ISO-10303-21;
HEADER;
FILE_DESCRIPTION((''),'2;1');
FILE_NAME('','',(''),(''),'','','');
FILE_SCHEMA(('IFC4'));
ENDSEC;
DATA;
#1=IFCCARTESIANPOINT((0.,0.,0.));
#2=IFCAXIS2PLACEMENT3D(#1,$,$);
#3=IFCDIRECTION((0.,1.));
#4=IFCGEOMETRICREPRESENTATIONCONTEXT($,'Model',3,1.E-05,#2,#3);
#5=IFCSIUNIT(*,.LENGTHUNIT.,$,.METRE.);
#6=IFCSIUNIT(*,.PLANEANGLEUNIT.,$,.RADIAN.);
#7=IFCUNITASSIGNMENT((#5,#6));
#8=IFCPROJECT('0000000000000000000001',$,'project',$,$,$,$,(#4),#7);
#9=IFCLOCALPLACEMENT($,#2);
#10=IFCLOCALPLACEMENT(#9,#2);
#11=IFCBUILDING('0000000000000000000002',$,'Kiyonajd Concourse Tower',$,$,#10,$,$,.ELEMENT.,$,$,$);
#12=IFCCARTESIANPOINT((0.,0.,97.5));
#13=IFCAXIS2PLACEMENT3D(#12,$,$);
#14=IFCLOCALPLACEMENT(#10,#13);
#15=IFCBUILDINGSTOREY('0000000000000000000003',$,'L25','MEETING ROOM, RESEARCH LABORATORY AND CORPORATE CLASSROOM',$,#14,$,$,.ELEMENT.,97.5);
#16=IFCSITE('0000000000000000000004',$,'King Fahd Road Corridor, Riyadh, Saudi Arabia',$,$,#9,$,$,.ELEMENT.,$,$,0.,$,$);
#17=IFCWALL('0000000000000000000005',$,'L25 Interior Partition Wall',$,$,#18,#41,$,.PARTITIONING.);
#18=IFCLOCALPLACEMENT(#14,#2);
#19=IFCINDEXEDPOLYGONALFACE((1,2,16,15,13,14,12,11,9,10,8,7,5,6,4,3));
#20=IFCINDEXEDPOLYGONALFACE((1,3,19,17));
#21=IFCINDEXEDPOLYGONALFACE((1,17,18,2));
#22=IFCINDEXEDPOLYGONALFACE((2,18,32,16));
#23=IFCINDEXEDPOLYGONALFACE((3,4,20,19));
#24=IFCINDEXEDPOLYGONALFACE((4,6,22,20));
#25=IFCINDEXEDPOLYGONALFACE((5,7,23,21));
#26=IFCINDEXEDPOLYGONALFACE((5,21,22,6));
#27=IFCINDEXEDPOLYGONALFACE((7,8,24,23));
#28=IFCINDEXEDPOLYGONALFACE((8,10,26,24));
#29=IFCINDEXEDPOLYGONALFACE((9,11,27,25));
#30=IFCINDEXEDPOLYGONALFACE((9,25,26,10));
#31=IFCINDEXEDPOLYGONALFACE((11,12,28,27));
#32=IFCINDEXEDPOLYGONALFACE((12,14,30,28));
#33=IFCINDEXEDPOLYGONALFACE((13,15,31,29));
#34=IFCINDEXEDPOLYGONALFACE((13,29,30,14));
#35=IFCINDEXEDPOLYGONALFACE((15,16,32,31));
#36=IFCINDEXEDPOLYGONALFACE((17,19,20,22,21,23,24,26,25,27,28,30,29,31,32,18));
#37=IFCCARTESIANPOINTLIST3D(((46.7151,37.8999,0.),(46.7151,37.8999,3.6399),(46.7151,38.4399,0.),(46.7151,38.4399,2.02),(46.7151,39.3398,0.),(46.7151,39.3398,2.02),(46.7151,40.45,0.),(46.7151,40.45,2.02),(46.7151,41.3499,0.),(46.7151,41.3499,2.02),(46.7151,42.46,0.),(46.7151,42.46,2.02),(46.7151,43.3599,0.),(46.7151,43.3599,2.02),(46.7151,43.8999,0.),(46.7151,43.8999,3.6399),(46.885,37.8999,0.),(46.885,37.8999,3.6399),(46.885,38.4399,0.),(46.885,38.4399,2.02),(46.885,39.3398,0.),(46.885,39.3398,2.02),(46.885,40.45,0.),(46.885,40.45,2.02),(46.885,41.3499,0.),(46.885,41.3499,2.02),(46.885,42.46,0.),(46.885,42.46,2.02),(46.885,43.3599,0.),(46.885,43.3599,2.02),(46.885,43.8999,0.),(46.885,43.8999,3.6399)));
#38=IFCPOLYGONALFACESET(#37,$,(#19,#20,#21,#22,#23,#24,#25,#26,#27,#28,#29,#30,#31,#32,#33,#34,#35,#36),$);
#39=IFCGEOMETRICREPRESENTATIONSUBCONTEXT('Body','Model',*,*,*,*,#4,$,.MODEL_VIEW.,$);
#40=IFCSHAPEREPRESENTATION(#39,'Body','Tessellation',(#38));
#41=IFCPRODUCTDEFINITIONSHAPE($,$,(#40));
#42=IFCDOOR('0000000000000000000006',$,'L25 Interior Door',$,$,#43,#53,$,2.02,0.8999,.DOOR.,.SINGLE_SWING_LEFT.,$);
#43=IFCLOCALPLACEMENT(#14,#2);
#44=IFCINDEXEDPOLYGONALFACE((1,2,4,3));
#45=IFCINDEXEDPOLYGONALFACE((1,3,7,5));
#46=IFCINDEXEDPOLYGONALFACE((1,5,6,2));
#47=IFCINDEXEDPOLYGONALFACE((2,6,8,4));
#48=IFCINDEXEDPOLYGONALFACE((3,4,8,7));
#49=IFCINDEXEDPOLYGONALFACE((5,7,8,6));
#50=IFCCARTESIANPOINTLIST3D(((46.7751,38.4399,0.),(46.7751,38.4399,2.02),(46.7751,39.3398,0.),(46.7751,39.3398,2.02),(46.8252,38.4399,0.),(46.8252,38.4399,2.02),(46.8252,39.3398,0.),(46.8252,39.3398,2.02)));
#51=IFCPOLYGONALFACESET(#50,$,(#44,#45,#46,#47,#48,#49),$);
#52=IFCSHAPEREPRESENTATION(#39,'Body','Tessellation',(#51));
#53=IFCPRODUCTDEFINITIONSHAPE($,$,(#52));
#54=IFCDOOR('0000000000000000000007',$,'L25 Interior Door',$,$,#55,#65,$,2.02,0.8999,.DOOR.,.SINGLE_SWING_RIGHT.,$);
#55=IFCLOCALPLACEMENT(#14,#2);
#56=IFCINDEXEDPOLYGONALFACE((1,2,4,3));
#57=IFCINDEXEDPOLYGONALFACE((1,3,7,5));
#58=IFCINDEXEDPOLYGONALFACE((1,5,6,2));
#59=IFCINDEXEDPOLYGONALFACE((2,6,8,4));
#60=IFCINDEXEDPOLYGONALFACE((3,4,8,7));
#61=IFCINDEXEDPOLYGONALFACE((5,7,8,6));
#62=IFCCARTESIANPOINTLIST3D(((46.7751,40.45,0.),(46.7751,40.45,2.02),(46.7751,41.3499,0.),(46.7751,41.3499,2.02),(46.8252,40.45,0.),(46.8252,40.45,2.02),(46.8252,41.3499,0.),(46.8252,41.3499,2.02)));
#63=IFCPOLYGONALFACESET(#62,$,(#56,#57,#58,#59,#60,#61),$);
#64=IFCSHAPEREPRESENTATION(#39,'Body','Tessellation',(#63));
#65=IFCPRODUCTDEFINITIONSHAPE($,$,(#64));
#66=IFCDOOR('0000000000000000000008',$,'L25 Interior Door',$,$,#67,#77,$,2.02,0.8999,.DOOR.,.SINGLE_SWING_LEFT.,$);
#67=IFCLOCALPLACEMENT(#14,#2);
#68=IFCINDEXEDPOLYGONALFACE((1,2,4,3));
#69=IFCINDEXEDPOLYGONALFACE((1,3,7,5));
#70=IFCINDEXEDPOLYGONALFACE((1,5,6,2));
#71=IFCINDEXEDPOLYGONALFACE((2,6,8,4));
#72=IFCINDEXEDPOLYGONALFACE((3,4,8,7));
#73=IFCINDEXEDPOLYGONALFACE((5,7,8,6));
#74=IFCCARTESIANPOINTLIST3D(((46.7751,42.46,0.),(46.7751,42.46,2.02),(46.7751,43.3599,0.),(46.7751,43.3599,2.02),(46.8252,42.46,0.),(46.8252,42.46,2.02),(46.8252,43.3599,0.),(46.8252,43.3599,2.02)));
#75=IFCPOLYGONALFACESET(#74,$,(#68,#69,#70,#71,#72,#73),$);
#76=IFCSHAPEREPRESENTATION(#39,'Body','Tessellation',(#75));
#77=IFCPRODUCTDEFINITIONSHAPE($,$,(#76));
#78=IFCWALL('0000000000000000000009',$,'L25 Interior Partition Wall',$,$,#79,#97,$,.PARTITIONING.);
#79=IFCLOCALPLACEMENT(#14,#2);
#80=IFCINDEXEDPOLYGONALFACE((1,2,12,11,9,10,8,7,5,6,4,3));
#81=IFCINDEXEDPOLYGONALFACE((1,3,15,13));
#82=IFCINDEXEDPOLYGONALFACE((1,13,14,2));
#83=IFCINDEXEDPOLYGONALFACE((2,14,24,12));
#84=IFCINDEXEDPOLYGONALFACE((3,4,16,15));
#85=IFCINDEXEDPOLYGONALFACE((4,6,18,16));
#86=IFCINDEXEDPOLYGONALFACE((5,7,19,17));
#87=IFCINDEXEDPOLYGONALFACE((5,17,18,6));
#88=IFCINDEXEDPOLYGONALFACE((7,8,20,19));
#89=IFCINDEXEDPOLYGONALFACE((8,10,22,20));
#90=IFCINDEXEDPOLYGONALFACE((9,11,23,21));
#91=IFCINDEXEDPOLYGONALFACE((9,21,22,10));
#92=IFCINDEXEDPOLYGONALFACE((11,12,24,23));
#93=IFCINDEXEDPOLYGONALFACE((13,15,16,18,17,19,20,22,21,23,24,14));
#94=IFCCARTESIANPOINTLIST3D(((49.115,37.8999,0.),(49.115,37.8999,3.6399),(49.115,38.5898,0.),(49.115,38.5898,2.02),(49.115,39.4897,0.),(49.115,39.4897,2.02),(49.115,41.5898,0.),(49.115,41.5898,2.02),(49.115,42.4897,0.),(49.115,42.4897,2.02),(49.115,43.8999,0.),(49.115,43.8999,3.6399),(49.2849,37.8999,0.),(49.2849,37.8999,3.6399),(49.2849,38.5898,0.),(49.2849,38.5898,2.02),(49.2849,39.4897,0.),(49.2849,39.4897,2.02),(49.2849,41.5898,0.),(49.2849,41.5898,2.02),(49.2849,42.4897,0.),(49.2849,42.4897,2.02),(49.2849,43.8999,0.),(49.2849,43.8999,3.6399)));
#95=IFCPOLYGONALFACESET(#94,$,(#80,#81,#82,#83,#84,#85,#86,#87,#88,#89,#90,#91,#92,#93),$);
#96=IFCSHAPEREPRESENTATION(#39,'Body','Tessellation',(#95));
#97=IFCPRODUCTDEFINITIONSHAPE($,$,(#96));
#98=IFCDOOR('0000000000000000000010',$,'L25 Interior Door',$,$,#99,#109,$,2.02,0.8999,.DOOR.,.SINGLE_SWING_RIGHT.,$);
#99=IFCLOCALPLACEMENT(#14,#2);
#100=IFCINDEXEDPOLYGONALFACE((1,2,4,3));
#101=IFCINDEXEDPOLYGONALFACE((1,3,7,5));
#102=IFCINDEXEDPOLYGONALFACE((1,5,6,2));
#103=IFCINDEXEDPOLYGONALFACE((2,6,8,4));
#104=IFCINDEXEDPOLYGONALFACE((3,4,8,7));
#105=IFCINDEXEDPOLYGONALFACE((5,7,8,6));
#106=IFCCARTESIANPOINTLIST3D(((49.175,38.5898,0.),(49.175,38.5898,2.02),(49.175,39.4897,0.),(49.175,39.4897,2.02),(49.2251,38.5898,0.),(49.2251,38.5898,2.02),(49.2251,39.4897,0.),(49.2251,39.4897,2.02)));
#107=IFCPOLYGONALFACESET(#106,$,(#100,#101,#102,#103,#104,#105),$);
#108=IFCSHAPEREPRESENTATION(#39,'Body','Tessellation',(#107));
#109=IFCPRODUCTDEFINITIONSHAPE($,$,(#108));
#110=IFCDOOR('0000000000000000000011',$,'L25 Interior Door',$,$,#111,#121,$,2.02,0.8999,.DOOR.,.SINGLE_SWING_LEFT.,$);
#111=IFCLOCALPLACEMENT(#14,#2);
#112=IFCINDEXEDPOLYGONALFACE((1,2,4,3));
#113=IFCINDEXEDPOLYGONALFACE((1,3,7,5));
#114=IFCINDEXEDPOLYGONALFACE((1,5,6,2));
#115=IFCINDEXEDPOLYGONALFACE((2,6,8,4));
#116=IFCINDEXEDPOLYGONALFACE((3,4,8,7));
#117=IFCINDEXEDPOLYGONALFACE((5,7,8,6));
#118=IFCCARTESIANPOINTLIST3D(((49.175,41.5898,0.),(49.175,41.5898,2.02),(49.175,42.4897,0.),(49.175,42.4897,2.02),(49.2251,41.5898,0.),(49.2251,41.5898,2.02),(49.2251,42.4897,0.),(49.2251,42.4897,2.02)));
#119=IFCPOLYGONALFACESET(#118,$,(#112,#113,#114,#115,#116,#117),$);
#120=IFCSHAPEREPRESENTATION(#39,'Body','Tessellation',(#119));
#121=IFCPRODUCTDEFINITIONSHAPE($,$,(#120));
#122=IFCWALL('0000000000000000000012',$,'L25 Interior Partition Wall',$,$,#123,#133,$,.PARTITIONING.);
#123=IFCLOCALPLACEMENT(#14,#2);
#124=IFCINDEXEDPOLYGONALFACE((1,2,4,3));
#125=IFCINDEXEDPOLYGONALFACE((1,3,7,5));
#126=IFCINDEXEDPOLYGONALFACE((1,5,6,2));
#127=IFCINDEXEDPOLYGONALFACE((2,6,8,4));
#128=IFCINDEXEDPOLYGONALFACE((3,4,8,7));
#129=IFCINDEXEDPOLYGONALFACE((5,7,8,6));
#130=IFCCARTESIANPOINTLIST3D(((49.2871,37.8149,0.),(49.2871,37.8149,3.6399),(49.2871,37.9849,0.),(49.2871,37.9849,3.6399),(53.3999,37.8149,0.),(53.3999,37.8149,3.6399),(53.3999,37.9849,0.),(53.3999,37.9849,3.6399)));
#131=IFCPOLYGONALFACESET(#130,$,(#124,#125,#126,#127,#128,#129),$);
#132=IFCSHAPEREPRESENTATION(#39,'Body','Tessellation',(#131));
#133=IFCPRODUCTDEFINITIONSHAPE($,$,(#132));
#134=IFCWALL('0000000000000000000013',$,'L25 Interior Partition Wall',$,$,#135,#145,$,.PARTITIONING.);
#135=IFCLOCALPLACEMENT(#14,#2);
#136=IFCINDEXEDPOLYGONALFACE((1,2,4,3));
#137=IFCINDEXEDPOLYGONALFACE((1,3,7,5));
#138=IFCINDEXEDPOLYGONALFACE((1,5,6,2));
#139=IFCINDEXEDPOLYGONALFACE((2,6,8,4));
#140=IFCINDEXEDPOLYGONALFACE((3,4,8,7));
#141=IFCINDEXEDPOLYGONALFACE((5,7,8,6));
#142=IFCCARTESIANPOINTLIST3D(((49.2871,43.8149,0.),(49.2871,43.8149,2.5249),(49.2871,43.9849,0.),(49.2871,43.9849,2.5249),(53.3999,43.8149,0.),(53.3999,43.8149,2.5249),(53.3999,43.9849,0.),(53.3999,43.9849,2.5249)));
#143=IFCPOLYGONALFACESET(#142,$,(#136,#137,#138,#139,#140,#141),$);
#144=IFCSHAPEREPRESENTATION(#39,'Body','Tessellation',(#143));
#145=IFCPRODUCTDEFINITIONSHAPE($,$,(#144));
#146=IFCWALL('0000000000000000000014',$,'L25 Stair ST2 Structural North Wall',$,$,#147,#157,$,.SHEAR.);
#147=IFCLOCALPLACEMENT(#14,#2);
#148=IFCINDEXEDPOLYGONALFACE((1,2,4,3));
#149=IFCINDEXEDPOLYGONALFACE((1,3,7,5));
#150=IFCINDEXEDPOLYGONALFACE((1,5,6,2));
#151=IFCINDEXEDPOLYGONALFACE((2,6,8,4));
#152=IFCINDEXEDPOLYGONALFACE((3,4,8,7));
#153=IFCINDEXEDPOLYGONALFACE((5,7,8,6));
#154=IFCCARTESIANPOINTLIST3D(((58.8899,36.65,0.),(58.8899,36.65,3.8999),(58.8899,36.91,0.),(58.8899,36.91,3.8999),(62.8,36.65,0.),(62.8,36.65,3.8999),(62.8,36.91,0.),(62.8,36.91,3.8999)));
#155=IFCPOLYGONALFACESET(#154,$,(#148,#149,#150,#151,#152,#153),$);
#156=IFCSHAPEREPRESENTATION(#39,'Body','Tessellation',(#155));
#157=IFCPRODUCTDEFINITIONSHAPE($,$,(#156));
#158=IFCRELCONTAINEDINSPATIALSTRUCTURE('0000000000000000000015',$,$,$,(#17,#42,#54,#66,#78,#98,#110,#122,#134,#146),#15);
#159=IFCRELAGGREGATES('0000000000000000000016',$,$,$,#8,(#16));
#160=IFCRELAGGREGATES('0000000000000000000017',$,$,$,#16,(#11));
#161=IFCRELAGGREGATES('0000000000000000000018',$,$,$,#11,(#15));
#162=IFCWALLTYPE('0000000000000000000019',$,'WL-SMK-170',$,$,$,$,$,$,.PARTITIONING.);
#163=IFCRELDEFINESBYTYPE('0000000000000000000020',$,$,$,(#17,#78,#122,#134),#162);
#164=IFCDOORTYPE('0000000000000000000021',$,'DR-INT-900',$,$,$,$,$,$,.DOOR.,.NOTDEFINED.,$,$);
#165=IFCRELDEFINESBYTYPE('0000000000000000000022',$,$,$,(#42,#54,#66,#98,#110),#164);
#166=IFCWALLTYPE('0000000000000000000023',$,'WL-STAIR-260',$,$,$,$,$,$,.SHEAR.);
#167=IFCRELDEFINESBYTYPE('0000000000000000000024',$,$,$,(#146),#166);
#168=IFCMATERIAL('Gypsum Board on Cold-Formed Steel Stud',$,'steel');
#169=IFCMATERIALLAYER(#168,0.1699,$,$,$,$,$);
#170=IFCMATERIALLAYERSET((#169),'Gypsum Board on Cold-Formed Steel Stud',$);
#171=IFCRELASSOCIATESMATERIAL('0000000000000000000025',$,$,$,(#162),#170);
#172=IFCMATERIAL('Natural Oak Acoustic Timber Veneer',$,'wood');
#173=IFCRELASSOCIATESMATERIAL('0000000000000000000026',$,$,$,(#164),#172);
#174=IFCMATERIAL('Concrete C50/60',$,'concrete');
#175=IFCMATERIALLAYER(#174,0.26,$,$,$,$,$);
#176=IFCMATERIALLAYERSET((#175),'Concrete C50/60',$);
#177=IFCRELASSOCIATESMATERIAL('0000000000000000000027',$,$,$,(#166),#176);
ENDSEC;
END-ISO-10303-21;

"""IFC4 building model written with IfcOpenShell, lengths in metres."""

from ifc_helpers import new_model, si_unit, direction, frame, frame_2d, origin, place, context, subcontext, project, spatial, rectangle, extrude, material, layer, layer_set, type_object, element, fill, save


model = new_model("IFC4")

# Units and contexts
model_context = context("Model", 3, precision=1e-05, world=origin(), true_north=direction((0.0, 1.0)))
body_context = subcontext(model_context, "Body", "Model", "MODEL_VIEW")
ifc_project = project(units=[si_unit("LENGTHUNIT", "METRE"), si_unit("PLANEANGLEUNIT", "RADIAN")], contexts=[model_context])

# Site, building, storey
site_placement = place(None, origin())
site = spatial("IfcSite", under=ifc_project, at=site_placement, Name="King Fahd Road Corridor, Riyadh, Saudi Arabia", CompositionType="ELEMENT", RefElevation=0.0)
building_placement = place(site_placement, origin())
building = spatial("IfcBuilding", under=site, at=building_placement, Name="Kiyonajd Concourse Tower", CompositionType="ELEMENT")
storey_placement = place(building_placement, frame((0.0, 0.0, 97.5)))
storey = spatial("IfcBuildingStorey", under=building, at=storey_placement, Name="L25", Description="MEETING ROOM, RESEARCH LABORATORY AND CORPORATE CLASSROOM", CompositionType="ELEMENT", Elevation=97.5)

# Shared definitions
ifc_material_1 = material(Name="Concrete C50/60", Category="concrete")

# Shared definitions
ifc_material_2 = material(Name="Gypsum Board on Cold-Formed Steel Stud", Category="steel")
ifc_layer_1 = layer(ifc_material_2, 0.1699)
ifc_layer_set_1 = layer_set([ifc_layer_1], Name="Gypsum Board on Cold-Formed Steel Stud")
wall_type_1 = type_object("IfcWallType", Name="WL-SMK-170", PredefinedType="PARTITIONING", material=ifc_layer_set_1)

# Walls, openings, doors
wall_1_placement = place(storey_placement, frame((46.8, 37.8999, 0.0), z_axis=(0.0, 0.0, 1.0), x_axis=(0.0, 1.0, 0.0)))
wall_1 = element("IfcWall", 1, at=wall_1_placement, inside=storey, type_object=wall_type_1, Name="L25 Interior Partition Wall", PredefinedType="PARTITIONING", context=body_context, shape_type="SweptSolid", body=[
    extrude(rectangle(XDim=6.0, YDim=0.1699, at=frame_2d((3.0, 0.0))), origin(), (0.0, 0.0, 1.0), 3.6399),
])
opening_1_placement = place(wall_1_placement, frame((0.54, 0.0, 0.0)))
opening_1 = element("IfcOpeningElement", 2, at=opening_1_placement, cuts=wall_1, PredefinedType="OPENING", context=body_context, shape_type="SweptSolid", body=[
    extrude(rectangle(XDim=0.8999, YDim=2.02, at=frame_2d((0.45, 1.01))), frame((0.0, 0.095, 0.0), z_axis=(0.0, -1.0, 0.0), x_axis=(1.0, 0.0, 0.0)), (0.0, 0.0, 1.0), 0.1899),
])
opening_2_placement = place(wall_1_placement, frame((2.55, 0.0, 0.0)))
opening_2 = element("IfcOpeningElement", 3, at=opening_2_placement, cuts=wall_1, PredefinedType="OPENING", context=body_context, shape_type="SweptSolid", body=[
    extrude(rectangle(XDim=0.8999, YDim=2.02, at=frame_2d((0.45, 1.01))), frame((0.0, 0.095, 0.0), z_axis=(0.0, -1.0, 0.0), x_axis=(1.0, 0.0, 0.0)), (0.0, 0.0, 1.0), 0.1899),
])
opening_3_placement = place(wall_1_placement, frame((4.5601, 0.0, 0.0)))
opening_3 = element("IfcOpeningElement", 4, at=opening_3_placement, cuts=wall_1, PredefinedType="OPENING", context=body_context, shape_type="SweptSolid", body=[
    extrude(rectangle(XDim=0.8999, YDim=2.02, at=frame_2d((0.45, 1.01))), frame((0.0, 0.095, 0.0), z_axis=(0.0, -1.0, 0.0), x_axis=(1.0, 0.0, 0.0)), (0.0, 0.0, 1.0), 0.1899),
])
ifc_material_3 = material(Name="Natural Oak Acoustic Timber Veneer", Category="wood")
door_type_1 = type_object("IfcDoorType", Name="DR-INT-900", OperationType="NOTDEFINED", PredefinedType="DOOR", material=ifc_material_3)
door_1_placement = place(opening_1_placement, origin())
door_1 = element("IfcDoor", 5, at=door_1_placement, inside=storey, type_object=door_type_1, Name="L25 Interior Door", OperationType="SINGLE_SWING_LEFT", OverallHeight=2.02, OverallWidth=0.8999, PredefinedType="DOOR", context=body_context, shape_type="SweptSolid", body=[
    extrude(rectangle(XDim=0.8999, YDim=2.02, at=frame_2d((0.45, 1.01))), frame((0.0, 0.0249, 0.0), z_axis=(0.0, -1.0, 0.0), x_axis=(1.0, 0.0, 0.0)), (0.0, 0.0, 1.0), 0.05),
])
fill(opening_1, door_1)
door_2_placement = place(opening_2_placement, origin())
door_2 = element("IfcDoor", 6, at=door_2_placement, inside=storey, type_object=door_type_1, Name="L25 Interior Door", OperationType="SINGLE_SWING_RIGHT", OverallHeight=2.02, OverallWidth=0.8999, PredefinedType="DOOR", context=body_context, shape_type="SweptSolid", body=[
    extrude(rectangle(XDim=0.8999, YDim=2.02, at=frame_2d((0.45, 1.01))), frame((0.0, 0.0249, 0.0), z_axis=(0.0, -1.0, 0.0), x_axis=(1.0, 0.0, 0.0)), (0.0, 0.0, 1.0), 0.05),
])
fill(opening_2, door_2)
door_3_placement = place(opening_3_placement, origin())
door_3 = element("IfcDoor", 7, at=door_3_placement, inside=storey, type_object=door_type_1, Name="L25 Interior Door", OperationType="SINGLE_SWING_LEFT", OverallHeight=2.02, OverallWidth=0.8999, PredefinedType="DOOR", context=body_context, shape_type="SweptSolid", body=[
    extrude(rectangle(XDim=0.8999, YDim=2.02, at=frame_2d((0.45, 1.01))), frame((0.0, 0.0249, 0.0), z_axis=(0.0, -1.0, 0.0), x_axis=(1.0, 0.0, 0.0)), (0.0, 0.0, 1.0), 0.05),
])
fill(opening_3, door_3)
wall_2_placement = place(storey_placement, frame((49.2, 37.8999, 0.0), z_axis=(0.0, 0.0, 1.0), x_axis=(0.0, 1.0, 0.0)))
wall_2 = element("IfcWall", 8, at=wall_2_placement, inside=storey, type_object=wall_type_1, Name="L25 Interior Partition Wall", PredefinedType="PARTITIONING", context=body_context, shape_type="SweptSolid", body=[
    extrude(rectangle(XDim=6.0, YDim=0.1699, at=frame_2d((3.0, 0.0))), origin(), (0.0, 0.0, 1.0), 3.6399),
])
opening_4_placement = place(wall_2_placement, frame((0.6899, 0.0, 0.0)))
opening_4 = element("IfcOpeningElement", 9, at=opening_4_placement, cuts=wall_2, PredefinedType="OPENING", context=body_context, shape_type="SweptSolid", body=[
    extrude(rectangle(XDim=0.8999, YDim=2.02, at=frame_2d((0.45, 1.01))), frame((0.0, 0.095, 0.0), z_axis=(0.0, -1.0, 0.0), x_axis=(1.0, 0.0, 0.0)), (0.0, 0.0, 1.0), 0.1899),
])
opening_5_placement = place(wall_2_placement, frame((3.6899, 0.0, 0.0)))
opening_5 = element("IfcOpeningElement", 10, at=opening_5_placement, cuts=wall_2, PredefinedType="OPENING", context=body_context, shape_type="SweptSolid", body=[
    extrude(rectangle(XDim=0.8999, YDim=2.02, at=frame_2d((0.45, 1.01))), frame((0.0, 0.095, 0.0), z_axis=(0.0, -1.0, 0.0), x_axis=(1.0, 0.0, 0.0)), (0.0, 0.0, 1.0), 0.1899),
])
door_4_placement = place(opening_4_placement, origin())
door_4 = element("IfcDoor", 11, at=door_4_placement, inside=storey, type_object=door_type_1, Name="L25 Interior Door", OperationType="SINGLE_SWING_RIGHT", OverallHeight=2.02, OverallWidth=0.8999, PredefinedType="DOOR", context=body_context, shape_type="SweptSolid", body=[
    extrude(rectangle(XDim=0.8999, YDim=2.02, at=frame_2d((0.45, 1.01))), frame((0.0, 0.0249, 0.0), z_axis=(0.0, -1.0, 0.0), x_axis=(1.0, 0.0, 0.0)), (0.0, 0.0, 1.0), 0.05),
])
fill(opening_4, door_4)
door_5_placement = place(opening_5_placement, origin())
door_5 = element("IfcDoor", 12, at=door_5_placement, inside=storey, type_object=door_type_1, Name="L25 Interior Door", OperationType="SINGLE_SWING_LEFT", OverallHeight=2.02, OverallWidth=0.8999, PredefinedType="DOOR", context=body_context, shape_type="SweptSolid", body=[
    extrude(rectangle(XDim=0.8999, YDim=2.02, at=frame_2d((0.45, 1.01))), frame((0.0, 0.0249, 0.0), z_axis=(0.0, -1.0, 0.0), x_axis=(1.0, 0.0, 0.0)), (0.0, 0.0, 1.0), 0.05),
])
fill(opening_5, door_5)

# Walls
wall_3_placement = place(storey_placement, frame((49.2871, 37.8999, 0.0), z_axis=(0.0, 0.0, 1.0), x_axis=(1.0, 0.0, 0.0)))
element("IfcWall", 13, at=wall_3_placement, inside=storey, type_object=wall_type_1, Name="L25 Interior Partition Wall", PredefinedType="PARTITIONING", context=body_context, shape_type="SweptSolid", body=[
    extrude(rectangle(XDim=4.1128, YDim=0.1699, at=frame_2d((2.0564, 0.0))), origin(), (0.0, 0.0, 1.0), 3.6399),
])
wall_4_placement = place(storey_placement, frame((49.2871, 43.8999, 0.0), z_axis=(0.0, 0.0, 1.0), x_axis=(1.0, 0.0, 0.0)))
element("IfcWall", 14, at=wall_4_placement, inside=storey, type_object=wall_type_1, Name="L25 Interior Partition Wall", PredefinedType="PARTITIONING", context=body_context, shape_type="SweptSolid", body=[
    extrude(rectangle(XDim=4.1128, YDim=0.1699, at=frame_2d((2.0564, 0.0))), origin(), (0.0, 0.0, 1.0), 2.5249),
])
ifc_layer_2 = layer(ifc_material_1, 0.26)
ifc_layer_set_2 = layer_set([ifc_layer_2], Name="Concrete C50/60")
wall_type_2 = type_object("IfcWallType", Name="WL-STAIR-260", PredefinedType="SHEAR", material=ifc_layer_set_2)
wall_5_placement = place(storey_placement, frame((58.8899, 36.78, 0.0), z_axis=(0.0, 0.0, 1.0), x_axis=(1.0, 0.0, 0.0)))
element("IfcWall", 15, at=wall_5_placement, inside=storey, type_object=wall_type_2, Name="L25 Stair ST2 Structural North Wall", PredefinedType="SHEAR", context=body_context, shape_type="SweptSolid", body=[
    extrude(rectangle(XDim=3.9102, YDim=0.26, at=frame_2d((1.9551, 0.0))), origin(), (0.0, 0.0, 1.0), 3.8999),
])

save(model, "model.ifc")
